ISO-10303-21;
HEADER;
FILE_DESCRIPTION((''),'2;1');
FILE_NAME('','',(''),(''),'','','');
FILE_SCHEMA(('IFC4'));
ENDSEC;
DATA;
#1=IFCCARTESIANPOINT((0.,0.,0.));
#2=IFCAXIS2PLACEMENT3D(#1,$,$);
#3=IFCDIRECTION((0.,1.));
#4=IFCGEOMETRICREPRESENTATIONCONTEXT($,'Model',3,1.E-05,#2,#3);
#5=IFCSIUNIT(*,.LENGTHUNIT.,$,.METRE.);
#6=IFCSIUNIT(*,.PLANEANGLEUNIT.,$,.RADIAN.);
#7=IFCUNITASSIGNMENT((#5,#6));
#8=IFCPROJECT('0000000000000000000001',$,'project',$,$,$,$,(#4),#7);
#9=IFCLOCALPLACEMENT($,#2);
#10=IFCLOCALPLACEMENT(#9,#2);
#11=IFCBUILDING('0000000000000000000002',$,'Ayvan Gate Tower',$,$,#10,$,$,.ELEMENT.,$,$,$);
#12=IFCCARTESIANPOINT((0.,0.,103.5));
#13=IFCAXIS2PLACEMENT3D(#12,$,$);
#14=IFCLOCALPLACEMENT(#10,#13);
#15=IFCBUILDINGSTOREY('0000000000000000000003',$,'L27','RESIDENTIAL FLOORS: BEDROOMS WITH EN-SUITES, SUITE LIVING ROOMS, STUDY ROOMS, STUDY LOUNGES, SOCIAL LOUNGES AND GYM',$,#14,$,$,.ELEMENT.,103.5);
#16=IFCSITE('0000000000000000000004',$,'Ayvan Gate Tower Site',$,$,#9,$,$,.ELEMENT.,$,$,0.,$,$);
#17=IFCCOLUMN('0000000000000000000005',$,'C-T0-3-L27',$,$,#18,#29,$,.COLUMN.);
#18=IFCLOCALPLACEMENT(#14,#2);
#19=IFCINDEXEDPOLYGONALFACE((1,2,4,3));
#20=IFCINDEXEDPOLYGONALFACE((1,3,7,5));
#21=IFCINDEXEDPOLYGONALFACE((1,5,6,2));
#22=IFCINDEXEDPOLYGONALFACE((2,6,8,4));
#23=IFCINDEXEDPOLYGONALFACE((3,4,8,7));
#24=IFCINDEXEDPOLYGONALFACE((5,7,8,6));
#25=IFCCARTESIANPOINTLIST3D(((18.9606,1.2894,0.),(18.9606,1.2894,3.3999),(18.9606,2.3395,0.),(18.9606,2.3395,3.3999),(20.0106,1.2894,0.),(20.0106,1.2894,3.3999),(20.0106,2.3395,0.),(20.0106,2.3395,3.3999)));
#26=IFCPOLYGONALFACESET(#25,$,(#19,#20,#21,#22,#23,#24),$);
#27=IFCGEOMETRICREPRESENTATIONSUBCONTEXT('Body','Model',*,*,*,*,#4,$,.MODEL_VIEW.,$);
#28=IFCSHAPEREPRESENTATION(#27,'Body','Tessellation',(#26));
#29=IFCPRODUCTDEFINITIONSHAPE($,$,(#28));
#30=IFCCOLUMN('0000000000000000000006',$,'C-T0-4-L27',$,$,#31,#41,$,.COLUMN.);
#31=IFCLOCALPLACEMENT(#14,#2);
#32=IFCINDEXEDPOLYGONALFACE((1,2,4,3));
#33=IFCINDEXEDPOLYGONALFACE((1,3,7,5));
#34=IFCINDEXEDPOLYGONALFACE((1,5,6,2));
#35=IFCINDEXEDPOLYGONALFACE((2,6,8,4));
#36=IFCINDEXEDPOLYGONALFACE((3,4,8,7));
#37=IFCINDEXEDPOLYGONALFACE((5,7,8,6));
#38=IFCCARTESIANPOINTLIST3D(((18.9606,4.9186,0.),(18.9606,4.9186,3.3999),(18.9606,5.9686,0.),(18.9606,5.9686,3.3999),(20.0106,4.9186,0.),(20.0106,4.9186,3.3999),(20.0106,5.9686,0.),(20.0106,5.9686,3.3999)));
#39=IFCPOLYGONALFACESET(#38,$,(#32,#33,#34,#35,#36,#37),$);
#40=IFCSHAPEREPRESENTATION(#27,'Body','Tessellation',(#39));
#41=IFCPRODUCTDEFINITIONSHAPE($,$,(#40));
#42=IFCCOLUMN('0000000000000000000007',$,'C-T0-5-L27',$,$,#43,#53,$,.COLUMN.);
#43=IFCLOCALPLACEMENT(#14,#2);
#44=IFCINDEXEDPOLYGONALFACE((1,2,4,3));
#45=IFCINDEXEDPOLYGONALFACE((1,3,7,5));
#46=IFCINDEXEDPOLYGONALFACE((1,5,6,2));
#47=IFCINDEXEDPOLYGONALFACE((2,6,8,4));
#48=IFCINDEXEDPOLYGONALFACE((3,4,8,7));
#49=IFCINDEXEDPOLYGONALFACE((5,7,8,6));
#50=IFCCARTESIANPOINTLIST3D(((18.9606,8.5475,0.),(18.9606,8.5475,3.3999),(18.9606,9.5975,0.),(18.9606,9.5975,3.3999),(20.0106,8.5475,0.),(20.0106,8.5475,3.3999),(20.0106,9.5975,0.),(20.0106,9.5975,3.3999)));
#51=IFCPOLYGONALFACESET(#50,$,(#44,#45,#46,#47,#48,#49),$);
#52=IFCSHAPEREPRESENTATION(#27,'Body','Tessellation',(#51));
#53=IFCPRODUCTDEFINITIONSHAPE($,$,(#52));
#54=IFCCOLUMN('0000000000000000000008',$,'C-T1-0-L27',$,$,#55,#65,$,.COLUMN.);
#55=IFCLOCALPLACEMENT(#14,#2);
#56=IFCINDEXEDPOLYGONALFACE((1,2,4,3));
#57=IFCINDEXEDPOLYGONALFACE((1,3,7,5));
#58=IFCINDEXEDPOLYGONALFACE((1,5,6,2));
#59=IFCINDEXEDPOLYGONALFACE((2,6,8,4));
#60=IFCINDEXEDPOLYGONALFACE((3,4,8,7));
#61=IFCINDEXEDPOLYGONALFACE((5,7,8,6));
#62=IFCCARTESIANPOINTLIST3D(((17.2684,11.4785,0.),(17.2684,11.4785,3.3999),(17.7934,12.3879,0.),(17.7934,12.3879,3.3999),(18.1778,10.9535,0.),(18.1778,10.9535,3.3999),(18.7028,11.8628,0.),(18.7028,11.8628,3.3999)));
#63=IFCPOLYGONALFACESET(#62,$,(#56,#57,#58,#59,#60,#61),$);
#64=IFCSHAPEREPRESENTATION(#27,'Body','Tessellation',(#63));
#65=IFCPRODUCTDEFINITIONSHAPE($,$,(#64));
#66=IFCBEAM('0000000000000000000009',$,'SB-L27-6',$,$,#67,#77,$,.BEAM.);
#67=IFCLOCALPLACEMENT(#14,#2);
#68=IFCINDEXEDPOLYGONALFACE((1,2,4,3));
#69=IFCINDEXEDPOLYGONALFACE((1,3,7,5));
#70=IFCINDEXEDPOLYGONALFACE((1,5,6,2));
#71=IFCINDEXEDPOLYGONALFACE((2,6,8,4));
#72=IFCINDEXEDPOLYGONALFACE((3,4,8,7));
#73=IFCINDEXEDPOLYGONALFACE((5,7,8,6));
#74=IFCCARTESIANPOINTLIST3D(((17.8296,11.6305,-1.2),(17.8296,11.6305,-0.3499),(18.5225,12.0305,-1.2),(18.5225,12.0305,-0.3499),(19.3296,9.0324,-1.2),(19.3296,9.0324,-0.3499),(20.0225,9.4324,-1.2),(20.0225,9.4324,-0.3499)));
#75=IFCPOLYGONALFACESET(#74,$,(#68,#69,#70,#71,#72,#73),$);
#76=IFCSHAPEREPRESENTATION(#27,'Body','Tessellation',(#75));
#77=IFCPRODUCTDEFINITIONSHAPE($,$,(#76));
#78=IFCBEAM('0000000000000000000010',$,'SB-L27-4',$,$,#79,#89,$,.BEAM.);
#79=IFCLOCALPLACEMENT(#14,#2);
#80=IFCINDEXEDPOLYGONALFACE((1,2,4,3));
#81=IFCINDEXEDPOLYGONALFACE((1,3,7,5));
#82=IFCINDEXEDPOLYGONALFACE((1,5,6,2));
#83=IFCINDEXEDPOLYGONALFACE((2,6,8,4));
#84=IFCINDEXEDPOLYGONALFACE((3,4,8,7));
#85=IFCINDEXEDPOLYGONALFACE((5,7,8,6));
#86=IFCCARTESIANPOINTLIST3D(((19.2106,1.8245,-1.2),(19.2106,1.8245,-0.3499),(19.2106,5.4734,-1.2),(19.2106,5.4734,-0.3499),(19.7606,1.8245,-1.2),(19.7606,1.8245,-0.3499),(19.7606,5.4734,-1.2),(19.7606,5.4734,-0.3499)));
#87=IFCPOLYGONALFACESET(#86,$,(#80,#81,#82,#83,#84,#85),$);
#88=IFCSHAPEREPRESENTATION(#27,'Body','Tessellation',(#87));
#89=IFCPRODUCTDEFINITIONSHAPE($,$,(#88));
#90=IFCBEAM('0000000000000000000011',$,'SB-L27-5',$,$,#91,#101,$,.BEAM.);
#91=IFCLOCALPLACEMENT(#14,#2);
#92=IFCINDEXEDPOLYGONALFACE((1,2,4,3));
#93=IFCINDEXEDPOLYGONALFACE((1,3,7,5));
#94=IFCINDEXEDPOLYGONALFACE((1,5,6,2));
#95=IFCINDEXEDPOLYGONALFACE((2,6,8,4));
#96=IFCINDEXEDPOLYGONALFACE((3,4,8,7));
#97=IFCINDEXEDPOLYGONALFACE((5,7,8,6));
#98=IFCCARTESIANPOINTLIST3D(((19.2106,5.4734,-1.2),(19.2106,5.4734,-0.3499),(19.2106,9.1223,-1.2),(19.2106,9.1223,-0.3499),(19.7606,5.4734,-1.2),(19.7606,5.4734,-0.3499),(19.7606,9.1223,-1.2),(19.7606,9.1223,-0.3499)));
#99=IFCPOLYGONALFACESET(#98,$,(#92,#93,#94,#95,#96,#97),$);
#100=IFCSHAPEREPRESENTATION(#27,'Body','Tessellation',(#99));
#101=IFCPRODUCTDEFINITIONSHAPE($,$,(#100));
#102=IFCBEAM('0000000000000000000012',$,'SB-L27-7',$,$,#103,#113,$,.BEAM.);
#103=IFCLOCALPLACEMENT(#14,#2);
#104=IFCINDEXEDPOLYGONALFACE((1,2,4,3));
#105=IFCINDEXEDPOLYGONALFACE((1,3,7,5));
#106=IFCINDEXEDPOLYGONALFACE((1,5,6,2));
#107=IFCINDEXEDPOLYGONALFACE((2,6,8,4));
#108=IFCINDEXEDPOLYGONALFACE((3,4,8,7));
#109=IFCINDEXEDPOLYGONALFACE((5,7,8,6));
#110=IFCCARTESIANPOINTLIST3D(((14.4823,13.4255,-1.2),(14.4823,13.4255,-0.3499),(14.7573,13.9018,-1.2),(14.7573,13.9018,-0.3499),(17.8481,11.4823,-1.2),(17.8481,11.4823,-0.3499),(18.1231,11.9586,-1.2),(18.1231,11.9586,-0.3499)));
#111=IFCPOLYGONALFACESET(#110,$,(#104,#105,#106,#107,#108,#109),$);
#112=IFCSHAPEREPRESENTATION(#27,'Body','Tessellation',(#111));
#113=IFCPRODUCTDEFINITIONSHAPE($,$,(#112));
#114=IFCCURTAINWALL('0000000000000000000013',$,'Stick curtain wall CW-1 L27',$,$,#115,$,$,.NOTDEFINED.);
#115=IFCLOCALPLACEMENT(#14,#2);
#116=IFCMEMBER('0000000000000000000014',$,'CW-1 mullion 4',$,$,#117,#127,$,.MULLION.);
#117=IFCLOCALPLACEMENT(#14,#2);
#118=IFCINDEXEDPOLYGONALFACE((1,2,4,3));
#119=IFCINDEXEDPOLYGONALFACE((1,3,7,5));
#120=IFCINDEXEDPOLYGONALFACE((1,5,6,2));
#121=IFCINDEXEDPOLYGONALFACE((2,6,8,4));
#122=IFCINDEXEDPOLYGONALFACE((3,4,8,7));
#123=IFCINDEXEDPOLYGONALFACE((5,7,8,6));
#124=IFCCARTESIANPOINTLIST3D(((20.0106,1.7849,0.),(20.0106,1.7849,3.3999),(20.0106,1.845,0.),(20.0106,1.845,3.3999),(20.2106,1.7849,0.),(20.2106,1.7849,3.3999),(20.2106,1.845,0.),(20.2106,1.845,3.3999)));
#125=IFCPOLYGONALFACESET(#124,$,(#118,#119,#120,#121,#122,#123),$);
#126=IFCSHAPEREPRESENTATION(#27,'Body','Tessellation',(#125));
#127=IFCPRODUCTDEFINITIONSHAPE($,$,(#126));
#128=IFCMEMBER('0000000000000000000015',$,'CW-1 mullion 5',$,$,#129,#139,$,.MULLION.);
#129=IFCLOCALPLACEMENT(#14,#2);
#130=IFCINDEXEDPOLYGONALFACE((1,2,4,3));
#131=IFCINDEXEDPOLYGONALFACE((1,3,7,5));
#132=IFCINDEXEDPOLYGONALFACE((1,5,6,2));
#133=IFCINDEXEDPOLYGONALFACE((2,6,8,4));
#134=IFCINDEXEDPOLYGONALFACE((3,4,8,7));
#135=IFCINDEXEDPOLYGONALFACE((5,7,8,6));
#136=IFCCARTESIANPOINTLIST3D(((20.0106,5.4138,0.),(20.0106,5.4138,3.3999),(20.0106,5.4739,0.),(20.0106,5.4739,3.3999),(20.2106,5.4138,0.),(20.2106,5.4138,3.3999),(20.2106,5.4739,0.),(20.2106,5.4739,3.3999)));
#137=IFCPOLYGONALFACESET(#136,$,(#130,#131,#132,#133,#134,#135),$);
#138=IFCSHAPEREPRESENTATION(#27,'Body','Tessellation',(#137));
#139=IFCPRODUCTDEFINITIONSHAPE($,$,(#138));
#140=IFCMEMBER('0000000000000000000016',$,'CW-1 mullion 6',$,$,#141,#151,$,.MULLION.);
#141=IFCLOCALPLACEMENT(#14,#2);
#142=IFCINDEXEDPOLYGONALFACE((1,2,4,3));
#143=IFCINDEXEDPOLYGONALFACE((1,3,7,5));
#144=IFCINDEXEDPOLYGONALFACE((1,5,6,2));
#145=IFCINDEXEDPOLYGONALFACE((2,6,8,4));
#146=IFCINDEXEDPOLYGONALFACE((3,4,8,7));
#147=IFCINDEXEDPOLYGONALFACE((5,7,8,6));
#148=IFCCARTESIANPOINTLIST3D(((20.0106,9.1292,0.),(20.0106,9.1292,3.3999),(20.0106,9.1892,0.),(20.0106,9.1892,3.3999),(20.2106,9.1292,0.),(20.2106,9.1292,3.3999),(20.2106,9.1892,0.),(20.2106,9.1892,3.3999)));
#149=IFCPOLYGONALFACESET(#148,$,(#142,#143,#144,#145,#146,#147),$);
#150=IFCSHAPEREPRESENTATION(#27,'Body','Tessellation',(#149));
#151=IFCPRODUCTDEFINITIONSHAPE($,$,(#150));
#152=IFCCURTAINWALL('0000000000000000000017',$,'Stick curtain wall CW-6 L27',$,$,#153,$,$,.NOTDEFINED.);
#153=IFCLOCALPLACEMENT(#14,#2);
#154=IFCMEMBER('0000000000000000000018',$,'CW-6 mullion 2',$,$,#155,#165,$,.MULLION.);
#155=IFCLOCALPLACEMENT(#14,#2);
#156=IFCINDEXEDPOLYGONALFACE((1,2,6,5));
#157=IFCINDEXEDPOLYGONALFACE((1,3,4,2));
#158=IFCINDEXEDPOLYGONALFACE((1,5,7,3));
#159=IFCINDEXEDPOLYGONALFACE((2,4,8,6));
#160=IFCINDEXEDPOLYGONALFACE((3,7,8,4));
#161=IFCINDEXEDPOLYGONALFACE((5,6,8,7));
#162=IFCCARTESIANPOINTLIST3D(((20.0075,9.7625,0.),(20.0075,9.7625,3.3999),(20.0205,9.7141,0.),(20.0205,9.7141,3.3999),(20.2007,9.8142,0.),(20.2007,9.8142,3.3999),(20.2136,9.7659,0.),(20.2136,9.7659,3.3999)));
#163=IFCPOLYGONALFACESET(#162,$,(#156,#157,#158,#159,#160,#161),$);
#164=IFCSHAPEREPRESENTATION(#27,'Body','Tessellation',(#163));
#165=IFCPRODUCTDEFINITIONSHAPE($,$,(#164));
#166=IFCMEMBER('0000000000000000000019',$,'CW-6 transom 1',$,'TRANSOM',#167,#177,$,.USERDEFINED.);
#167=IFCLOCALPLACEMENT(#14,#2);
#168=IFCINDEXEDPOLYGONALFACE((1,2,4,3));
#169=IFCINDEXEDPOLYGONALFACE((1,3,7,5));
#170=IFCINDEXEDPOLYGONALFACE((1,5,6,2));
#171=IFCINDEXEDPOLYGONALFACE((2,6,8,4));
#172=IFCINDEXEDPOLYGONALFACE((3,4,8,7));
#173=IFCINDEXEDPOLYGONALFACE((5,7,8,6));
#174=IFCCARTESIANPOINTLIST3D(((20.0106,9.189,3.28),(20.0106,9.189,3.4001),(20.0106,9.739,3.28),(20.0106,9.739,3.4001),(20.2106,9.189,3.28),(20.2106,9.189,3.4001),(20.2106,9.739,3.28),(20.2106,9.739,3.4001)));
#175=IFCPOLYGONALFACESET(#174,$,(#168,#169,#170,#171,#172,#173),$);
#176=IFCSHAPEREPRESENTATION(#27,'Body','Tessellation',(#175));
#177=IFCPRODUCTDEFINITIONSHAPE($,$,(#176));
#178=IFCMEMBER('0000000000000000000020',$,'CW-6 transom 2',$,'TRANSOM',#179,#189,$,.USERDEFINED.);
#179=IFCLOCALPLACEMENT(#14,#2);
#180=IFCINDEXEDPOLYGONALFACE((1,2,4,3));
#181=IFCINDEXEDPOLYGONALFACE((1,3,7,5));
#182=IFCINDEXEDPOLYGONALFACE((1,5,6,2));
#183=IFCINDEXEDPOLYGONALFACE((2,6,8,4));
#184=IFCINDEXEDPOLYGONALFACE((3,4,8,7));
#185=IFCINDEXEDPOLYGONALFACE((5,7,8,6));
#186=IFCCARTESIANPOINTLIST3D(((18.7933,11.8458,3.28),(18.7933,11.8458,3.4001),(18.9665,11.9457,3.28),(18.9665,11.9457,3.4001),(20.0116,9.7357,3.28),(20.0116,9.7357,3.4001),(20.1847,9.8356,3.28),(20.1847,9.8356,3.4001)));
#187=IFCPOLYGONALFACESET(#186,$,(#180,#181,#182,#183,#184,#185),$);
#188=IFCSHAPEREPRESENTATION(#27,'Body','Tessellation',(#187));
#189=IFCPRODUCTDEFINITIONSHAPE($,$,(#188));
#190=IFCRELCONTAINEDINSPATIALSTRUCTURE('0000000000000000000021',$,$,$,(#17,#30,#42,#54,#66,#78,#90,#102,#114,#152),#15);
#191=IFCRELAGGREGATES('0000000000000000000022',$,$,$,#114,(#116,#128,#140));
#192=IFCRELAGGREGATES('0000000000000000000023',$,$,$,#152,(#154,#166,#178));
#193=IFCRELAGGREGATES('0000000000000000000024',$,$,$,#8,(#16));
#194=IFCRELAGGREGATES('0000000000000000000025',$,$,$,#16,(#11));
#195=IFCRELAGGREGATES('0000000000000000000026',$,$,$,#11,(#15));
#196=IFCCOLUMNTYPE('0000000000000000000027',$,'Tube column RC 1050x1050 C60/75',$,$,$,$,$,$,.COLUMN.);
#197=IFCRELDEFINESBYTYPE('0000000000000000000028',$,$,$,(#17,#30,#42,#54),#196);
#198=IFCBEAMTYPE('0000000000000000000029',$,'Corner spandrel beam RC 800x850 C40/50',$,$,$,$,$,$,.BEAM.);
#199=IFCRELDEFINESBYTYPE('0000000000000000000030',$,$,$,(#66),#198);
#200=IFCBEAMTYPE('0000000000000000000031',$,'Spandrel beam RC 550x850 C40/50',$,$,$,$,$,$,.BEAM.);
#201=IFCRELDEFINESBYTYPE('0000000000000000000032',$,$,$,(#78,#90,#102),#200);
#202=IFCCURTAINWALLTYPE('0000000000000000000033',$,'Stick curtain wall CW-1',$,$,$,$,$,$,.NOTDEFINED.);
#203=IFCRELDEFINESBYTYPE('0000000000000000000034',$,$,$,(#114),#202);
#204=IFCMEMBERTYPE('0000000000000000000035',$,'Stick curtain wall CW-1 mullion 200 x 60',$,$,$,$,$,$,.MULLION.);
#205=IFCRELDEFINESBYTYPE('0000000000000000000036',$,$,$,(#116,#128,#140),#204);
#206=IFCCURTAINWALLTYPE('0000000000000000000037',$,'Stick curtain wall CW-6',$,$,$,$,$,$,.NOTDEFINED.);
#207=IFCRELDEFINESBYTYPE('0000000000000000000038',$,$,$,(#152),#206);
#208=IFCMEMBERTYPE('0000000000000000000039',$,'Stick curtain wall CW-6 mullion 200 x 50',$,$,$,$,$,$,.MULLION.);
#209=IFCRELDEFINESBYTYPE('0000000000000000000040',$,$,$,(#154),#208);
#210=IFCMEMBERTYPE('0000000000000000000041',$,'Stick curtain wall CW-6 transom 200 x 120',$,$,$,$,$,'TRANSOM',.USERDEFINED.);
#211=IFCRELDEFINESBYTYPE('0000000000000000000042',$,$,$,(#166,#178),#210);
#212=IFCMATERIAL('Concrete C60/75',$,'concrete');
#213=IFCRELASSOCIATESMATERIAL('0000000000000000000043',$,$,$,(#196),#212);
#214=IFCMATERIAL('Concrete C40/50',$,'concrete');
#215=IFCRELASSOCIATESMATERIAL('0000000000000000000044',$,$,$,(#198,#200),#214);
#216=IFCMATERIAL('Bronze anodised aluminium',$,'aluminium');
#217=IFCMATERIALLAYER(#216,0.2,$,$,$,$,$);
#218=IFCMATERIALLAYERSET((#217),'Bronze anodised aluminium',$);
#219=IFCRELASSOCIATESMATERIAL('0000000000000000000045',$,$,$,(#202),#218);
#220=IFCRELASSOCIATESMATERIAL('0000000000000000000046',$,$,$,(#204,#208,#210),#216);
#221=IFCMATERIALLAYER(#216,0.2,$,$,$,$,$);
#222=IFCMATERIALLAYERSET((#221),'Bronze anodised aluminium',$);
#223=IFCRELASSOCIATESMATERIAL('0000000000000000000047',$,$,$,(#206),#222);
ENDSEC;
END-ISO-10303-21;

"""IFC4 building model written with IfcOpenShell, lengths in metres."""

from ifc_helpers import new_model, si_unit, direction, frame, origin, origin_2d, place, context, subcontext, project, spatial, rectangle, extrude, material, layer, layer_set, material_profile, profile_set, type_object, element, aggregate, save


model = new_model("IFC4")

# Units and contexts
model_context = context("Model", 3, precision=1e-05, world=origin(), true_north=direction((0.0, 1.0)))
body_context = subcontext(model_context, "Body", "Model", "MODEL_VIEW")
ifc_project = project(units=[si_unit("LENGTHUNIT", "METRE"), si_unit("PLANEANGLEUNIT", "RADIAN")], contexts=[model_context])

# Site, building, storey
site_placement = place(None, origin())
site = spatial("IfcSite", under=ifc_project, at=site_placement, Name="Ayvan Gate Tower Site", CompositionType="ELEMENT", RefElevation=0.0)
building_placement = place(site_placement, origin())
building = spatial("IfcBuilding", under=site, at=building_placement, Name="Ayvan Gate Tower", CompositionType="ELEMENT")
storey_placement = place(building_placement, frame((0.0, 0.0, 103.5)))
storey = spatial("IfcBuildingStorey", under=building, at=storey_placement, Name="L27", Description="RESIDENTIAL FLOORS: BEDROOMS WITH EN-SUITES, SUITE LIVING ROOMS, STUDY ROOMS, STUDY LOUNGES, SOCIAL LOUNGES AND GYM", CompositionType="ELEMENT", Elevation=103.5)

# Columns
ifc_material_1 = material(Name="Concrete C60/75", Category="concrete")
ifc_material_profile_1 = material_profile(ifc_material_1, rectangle(XDim=1.05, YDim=1.05, at=origin_2d()), Name="RC 1050x1050")
ifc_profile_set_1 = profile_set([ifc_material_profile_1], Name="Concrete C60/75")
column_type = type_object("IfcColumnType", Name="Tube column RC 1050x1050 C60/75", PredefinedType="COLUMN", material=ifc_profile_set_1)
for number, where, z_axis, x_axis, name in (
    (1, (19.4856, 1.8145, 0.0), (0.0, 0.0, 1.0), (1.0, 0.0, 0.0), "C-T0-3-L27"),
    (2, (19.4856, 5.4436, 0.0), (0.0, 0.0, 1.0), (1.0, 0.0, 0.0), "C-T0-4-L27"),
    (3, (19.4856, 9.0725, 0.0), (0.0, 0.0, 1.0), (1.0, 0.0, 0.0), "C-T0-5-L27"),
    (4, (17.9856, 11.6707, 0.0), (0.0, 0.0, 1.0), (0.5, 0.866025, 0.0), "C-T1-0-L27"),
):
    element("IfcColumn", number, at=place(storey_placement, frame(where, z_axis=z_axis, x_axis=x_axis)), inside=storey, type_object=column_type, Name=name, PredefinedType="COLUMN", context=body_context, shape_type="SweptSolid", body=[
        extrude(rectangle(XDim=1.05, YDim=1.05, at=origin_2d()), origin(), (0.0, 0.0, 1.0), 3.3999),
    ])

# Beams
ifc_material_2 = material(Name="Concrete C40/50", Category="concrete")
ifc_material_profile_2 = material_profile(ifc_material_2, rectangle(XDim=0.8, YDim=0.8501, at=origin_2d()), Name="RC 800x850")
ifc_profile_set_2 = profile_set([ifc_material_profile_2], Name="Concrete C40/50")
beam_type_1 = type_object("IfcBeamType", Name="Corner spandrel beam RC 800x850 C40/50", PredefinedType="BEAM", material=ifc_profile_set_2)
beam_1_placement = place(storey_placement, frame((19.676, 9.2324, -0.7749), z_axis=(-0.49999, 0.866031, 0.0), x_axis=(-0.866031, -0.49999, 0.0)))
element("IfcBeam", 5, at=beam_1_placement, inside=storey, type_object=beam_type_1, Name="SB-L27-6", PredefinedType="BEAM", context=body_context, shape_type="SweptSolid", body=[
    extrude(rectangle(XDim=0.8, YDim=0.8501, at=origin_2d()), origin(), (0.0, 0.0, 1.0), 3.0),
])
ifc_material_profile_3 = material_profile(ifc_material_2, rectangle(XDim=0.55, YDim=0.8501, at=origin_2d()), Name="RC 550x850")
ifc_profile_set_3 = profile_set([ifc_material_profile_3], Name="Concrete C40/50")
beam_type_2 = type_object("IfcBeamType", Name="Spandrel beam RC 550x850 C40/50", PredefinedType="BEAM", material=ifc_profile_set_3)
for number, where, z_axis, x_axis, name in (
    (6, (19.4856, 1.8245, -0.7749), (0.0, 1.0, 0.0), (-1.0, 0.0, 0.0), "SB-L27-4"),
    (7, (19.4856, 5.4734, -0.7749), (0.0, 1.0, 0.0), (-1.0, 0.0, 0.0), "SB-L27-5"),
):
    element("IfcBeam", number, at=place(storey_placement, frame(where, z_axis=z_axis, x_axis=x_axis)), inside=storey, type_object=beam_type_2, Name=name, PredefinedType="BEAM", context=body_context, shape_type="SweptSolid", body=[
        extrude(rectangle(XDim=0.55, YDim=0.8501, at=origin_2d()), origin(), (0.0, 0.0, 1.0), 3.6489),
    ])
beam_2_placement = place(storey_placement, frame((17.9856, 11.7205, -0.7749), z_axis=(-0.866035, 0.499983, 0.0), x_axis=(-0.499983, -0.866035, 0.0)))
element("IfcBeam", 8, at=beam_2_placement, inside=storey, type_object=beam_type_2, Name="SB-L27-7", PredefinedType="BEAM", context=body_context, shape_type="SweptSolid", body=[
    extrude(rectangle(XDim=0.55, YDim=0.8501, at=origin_2d()), origin(), (0.0, 0.0, 1.0), 3.8865),
])

# Curtain walls, members
ifc_material_3 = material(Name="Bronze anodised aluminium", Category="aluminium")
ifc_layer_1 = layer(ifc_material_3, 0.2)
ifc_layer_set_1 = layer_set([ifc_layer_1], Name="Bronze anodised aluminium")
curtain_wall_type_1 = type_object("IfcCurtainWallType", Name="Stick curtain wall CW-1", PredefinedType="NOTDEFINED", material=ifc_layer_set_1)
curtain_wall_1_placement = place(storey_placement, origin())
curtain_wall_1 = element("IfcCurtainWall", 9, at=curtain_wall_1_placement, inside=storey, type_object=curtain_wall_type_1, Name="Stick curtain wall CW-1 L27", PredefinedType="NOTDEFINED")
ifc_material_profile_4 = material_profile(ifc_material_3, rectangle(XDim=0.2, YDim=0.0601, at=origin_2d()), Name="Stick curtain wall CW-1 mullion 200 x 60")
ifc_profile_set_4 = profile_set([ifc_material_profile_4], Name="Bronze anodised aluminium")
member_type_1 = type_object("IfcMemberType", Name="Stick curtain wall CW-1 mullion 200 x 60", PredefinedType="MULLION", material=ifc_profile_set_4)
member_1_placement = place(storey_placement, frame((20.1106, 1.8149, 0.0), z_axis=(0.0, 0.0, 1.0), x_axis=(1.0, 0.0, 0.0)))
member_1 = element("IfcMember", 10, at=member_1_placement, type_object=member_type_1, Name="CW-1 mullion 4", PredefinedType="MULLION", context=body_context, shape_type="SweptSolid", body=[
    extrude(rectangle(XDim=0.2, YDim=0.0601, at=origin_2d()), origin(), (0.0, 0.0, 1.0), 3.3999),
])
member_2_placement = place(storey_placement, frame((20.1106, 5.4438, 0.0), z_axis=(0.0, 0.0, 1.0), x_axis=(1.0, 0.0, 0.0)))
member_2 = element("IfcMember", 11, at=member_2_placement, type_object=member_type_1, Name="CW-1 mullion 5", PredefinedType="MULLION", context=body_context, shape_type="SweptSolid", body=[
    extrude(rectangle(XDim=0.2, YDim=0.0601, at=origin_2d()), origin(), (0.0, 0.0, 1.0), 3.3999),
])
member_3_placement = place(storey_placement, frame((20.1106, 9.1592, 0.0), z_axis=(0.0, 0.0, 1.0), x_axis=(1.0, 0.0, 0.0)))
member_3 = element("IfcMember", 12, at=member_3_placement, type_object=member_type_1, Name="CW-1 mullion 6", PredefinedType="MULLION", context=body_context, shape_type="SweptSolid", body=[
    extrude(rectangle(XDim=0.2, YDim=0.0601, at=origin_2d()), origin(), (0.0, 0.0, 1.0), 3.3999),
])
ifc_layer_2 = layer(ifc_material_3, 0.2)
ifc_layer_set_2 = layer_set([ifc_layer_2], Name="Bronze anodised aluminium")
curtain_wall_type_2 = type_object("IfcCurtainWallType", Name="Stick curtain wall CW-6", PredefinedType="NOTDEFINED", material=ifc_layer_set_2)
curtain_wall_2_placement = place(storey_placement, origin())
curtain_wall_2 = element("IfcCurtainWall", 13, at=curtain_wall_2_placement, inside=storey, type_object=curtain_wall_type_2, Name="Stick curtain wall CW-6 L27", PredefinedType="NOTDEFINED")
ifc_material_profile_5 = material_profile(ifc_material_3, rectangle(XDim=0.2, YDim=0.05, at=origin_2d()), Name="Stick curtain wall CW-6 mullion 200 x 50")
ifc_profile_set_5 = profile_set([ifc_material_profile_5], Name="Bronze anodised aluminium")
member_type_2 = type_object("IfcMemberType", Name="Stick curtain wall CW-6 mullion 200 x 50", PredefinedType="MULLION", material=ifc_profile_set_5)
member_4_placement = place(storey_placement, frame((20.1106, 9.7642, 0.0), z_axis=(0.0, 0.0, 1.0), x_axis=(0.965926, 0.258819, 0.0)))
member_4 = element("IfcMember", 14, at=member_4_placement, type_object=member_type_2, Name="CW-6 mullion 2", PredefinedType="MULLION", context=body_context, shape_type="SweptSolid", body=[
    extrude(rectangle(XDim=0.2, YDim=0.05, at=origin_2d()), origin(), (0.0, 0.0, 1.0), 3.3999),
])
ifc_material_profile_6 = material_profile(ifc_material_3, rectangle(XDim=0.2, YDim=0.1201, at=origin_2d()), Name="Stick curtain wall CW-6 transom 200 x 120")
ifc_profile_set_6 = profile_set([ifc_material_profile_6], Name="Bronze anodised aluminium")
member_type_3 = type_object("IfcMemberType", Name="Stick curtain wall CW-6 transom 200 x 120", ElementType="TRANSOM", PredefinedType="USERDEFINED", material=ifc_profile_set_6)
member_5_placement = place(storey_placement, frame((20.1106, 9.189, 3.3401), z_axis=(0.0, 1.0, 0.0), x_axis=(-1.0, 0.0, 0.0)))
member_5 = element("IfcMember", 15, at=member_5_placement, type_object=member_type_3, Name="CW-6 transom 1", ObjectType="TRANSOM", PredefinedType="USERDEFINED", context=body_context, shape_type="SweptSolid", body=[
    extrude(rectangle(XDim=0.2, YDim=0.1201, at=origin_2d()), origin(), (0.0, 0.0, 1.0), 0.55),
])
member_6_placement = place(storey_placement, frame((20.0981, 9.7856, 3.3401), z_axis=(-0.499997, 0.866027, 0.0), x_axis=(-0.866027, -0.499997, 0.0)))
member_6 = element("IfcMember", 16, at=member_6_placement, type_object=member_type_3, Name="CW-6 transom 2", ObjectType="TRANSOM", PredefinedType="USERDEFINED", context=body_context, shape_type="SweptSolid", body=[
    extrude(rectangle(XDim=0.2, YDim=0.1201, at=origin_2d()), origin(), (0.0, 0.0, 1.0), 2.4365),
])

aggregate(curtain_wall_1, [member_1, member_2, member_3])
aggregate(curtain_wall_2, [member_4, member_5, member_6])

save(model, "model.ifc")
